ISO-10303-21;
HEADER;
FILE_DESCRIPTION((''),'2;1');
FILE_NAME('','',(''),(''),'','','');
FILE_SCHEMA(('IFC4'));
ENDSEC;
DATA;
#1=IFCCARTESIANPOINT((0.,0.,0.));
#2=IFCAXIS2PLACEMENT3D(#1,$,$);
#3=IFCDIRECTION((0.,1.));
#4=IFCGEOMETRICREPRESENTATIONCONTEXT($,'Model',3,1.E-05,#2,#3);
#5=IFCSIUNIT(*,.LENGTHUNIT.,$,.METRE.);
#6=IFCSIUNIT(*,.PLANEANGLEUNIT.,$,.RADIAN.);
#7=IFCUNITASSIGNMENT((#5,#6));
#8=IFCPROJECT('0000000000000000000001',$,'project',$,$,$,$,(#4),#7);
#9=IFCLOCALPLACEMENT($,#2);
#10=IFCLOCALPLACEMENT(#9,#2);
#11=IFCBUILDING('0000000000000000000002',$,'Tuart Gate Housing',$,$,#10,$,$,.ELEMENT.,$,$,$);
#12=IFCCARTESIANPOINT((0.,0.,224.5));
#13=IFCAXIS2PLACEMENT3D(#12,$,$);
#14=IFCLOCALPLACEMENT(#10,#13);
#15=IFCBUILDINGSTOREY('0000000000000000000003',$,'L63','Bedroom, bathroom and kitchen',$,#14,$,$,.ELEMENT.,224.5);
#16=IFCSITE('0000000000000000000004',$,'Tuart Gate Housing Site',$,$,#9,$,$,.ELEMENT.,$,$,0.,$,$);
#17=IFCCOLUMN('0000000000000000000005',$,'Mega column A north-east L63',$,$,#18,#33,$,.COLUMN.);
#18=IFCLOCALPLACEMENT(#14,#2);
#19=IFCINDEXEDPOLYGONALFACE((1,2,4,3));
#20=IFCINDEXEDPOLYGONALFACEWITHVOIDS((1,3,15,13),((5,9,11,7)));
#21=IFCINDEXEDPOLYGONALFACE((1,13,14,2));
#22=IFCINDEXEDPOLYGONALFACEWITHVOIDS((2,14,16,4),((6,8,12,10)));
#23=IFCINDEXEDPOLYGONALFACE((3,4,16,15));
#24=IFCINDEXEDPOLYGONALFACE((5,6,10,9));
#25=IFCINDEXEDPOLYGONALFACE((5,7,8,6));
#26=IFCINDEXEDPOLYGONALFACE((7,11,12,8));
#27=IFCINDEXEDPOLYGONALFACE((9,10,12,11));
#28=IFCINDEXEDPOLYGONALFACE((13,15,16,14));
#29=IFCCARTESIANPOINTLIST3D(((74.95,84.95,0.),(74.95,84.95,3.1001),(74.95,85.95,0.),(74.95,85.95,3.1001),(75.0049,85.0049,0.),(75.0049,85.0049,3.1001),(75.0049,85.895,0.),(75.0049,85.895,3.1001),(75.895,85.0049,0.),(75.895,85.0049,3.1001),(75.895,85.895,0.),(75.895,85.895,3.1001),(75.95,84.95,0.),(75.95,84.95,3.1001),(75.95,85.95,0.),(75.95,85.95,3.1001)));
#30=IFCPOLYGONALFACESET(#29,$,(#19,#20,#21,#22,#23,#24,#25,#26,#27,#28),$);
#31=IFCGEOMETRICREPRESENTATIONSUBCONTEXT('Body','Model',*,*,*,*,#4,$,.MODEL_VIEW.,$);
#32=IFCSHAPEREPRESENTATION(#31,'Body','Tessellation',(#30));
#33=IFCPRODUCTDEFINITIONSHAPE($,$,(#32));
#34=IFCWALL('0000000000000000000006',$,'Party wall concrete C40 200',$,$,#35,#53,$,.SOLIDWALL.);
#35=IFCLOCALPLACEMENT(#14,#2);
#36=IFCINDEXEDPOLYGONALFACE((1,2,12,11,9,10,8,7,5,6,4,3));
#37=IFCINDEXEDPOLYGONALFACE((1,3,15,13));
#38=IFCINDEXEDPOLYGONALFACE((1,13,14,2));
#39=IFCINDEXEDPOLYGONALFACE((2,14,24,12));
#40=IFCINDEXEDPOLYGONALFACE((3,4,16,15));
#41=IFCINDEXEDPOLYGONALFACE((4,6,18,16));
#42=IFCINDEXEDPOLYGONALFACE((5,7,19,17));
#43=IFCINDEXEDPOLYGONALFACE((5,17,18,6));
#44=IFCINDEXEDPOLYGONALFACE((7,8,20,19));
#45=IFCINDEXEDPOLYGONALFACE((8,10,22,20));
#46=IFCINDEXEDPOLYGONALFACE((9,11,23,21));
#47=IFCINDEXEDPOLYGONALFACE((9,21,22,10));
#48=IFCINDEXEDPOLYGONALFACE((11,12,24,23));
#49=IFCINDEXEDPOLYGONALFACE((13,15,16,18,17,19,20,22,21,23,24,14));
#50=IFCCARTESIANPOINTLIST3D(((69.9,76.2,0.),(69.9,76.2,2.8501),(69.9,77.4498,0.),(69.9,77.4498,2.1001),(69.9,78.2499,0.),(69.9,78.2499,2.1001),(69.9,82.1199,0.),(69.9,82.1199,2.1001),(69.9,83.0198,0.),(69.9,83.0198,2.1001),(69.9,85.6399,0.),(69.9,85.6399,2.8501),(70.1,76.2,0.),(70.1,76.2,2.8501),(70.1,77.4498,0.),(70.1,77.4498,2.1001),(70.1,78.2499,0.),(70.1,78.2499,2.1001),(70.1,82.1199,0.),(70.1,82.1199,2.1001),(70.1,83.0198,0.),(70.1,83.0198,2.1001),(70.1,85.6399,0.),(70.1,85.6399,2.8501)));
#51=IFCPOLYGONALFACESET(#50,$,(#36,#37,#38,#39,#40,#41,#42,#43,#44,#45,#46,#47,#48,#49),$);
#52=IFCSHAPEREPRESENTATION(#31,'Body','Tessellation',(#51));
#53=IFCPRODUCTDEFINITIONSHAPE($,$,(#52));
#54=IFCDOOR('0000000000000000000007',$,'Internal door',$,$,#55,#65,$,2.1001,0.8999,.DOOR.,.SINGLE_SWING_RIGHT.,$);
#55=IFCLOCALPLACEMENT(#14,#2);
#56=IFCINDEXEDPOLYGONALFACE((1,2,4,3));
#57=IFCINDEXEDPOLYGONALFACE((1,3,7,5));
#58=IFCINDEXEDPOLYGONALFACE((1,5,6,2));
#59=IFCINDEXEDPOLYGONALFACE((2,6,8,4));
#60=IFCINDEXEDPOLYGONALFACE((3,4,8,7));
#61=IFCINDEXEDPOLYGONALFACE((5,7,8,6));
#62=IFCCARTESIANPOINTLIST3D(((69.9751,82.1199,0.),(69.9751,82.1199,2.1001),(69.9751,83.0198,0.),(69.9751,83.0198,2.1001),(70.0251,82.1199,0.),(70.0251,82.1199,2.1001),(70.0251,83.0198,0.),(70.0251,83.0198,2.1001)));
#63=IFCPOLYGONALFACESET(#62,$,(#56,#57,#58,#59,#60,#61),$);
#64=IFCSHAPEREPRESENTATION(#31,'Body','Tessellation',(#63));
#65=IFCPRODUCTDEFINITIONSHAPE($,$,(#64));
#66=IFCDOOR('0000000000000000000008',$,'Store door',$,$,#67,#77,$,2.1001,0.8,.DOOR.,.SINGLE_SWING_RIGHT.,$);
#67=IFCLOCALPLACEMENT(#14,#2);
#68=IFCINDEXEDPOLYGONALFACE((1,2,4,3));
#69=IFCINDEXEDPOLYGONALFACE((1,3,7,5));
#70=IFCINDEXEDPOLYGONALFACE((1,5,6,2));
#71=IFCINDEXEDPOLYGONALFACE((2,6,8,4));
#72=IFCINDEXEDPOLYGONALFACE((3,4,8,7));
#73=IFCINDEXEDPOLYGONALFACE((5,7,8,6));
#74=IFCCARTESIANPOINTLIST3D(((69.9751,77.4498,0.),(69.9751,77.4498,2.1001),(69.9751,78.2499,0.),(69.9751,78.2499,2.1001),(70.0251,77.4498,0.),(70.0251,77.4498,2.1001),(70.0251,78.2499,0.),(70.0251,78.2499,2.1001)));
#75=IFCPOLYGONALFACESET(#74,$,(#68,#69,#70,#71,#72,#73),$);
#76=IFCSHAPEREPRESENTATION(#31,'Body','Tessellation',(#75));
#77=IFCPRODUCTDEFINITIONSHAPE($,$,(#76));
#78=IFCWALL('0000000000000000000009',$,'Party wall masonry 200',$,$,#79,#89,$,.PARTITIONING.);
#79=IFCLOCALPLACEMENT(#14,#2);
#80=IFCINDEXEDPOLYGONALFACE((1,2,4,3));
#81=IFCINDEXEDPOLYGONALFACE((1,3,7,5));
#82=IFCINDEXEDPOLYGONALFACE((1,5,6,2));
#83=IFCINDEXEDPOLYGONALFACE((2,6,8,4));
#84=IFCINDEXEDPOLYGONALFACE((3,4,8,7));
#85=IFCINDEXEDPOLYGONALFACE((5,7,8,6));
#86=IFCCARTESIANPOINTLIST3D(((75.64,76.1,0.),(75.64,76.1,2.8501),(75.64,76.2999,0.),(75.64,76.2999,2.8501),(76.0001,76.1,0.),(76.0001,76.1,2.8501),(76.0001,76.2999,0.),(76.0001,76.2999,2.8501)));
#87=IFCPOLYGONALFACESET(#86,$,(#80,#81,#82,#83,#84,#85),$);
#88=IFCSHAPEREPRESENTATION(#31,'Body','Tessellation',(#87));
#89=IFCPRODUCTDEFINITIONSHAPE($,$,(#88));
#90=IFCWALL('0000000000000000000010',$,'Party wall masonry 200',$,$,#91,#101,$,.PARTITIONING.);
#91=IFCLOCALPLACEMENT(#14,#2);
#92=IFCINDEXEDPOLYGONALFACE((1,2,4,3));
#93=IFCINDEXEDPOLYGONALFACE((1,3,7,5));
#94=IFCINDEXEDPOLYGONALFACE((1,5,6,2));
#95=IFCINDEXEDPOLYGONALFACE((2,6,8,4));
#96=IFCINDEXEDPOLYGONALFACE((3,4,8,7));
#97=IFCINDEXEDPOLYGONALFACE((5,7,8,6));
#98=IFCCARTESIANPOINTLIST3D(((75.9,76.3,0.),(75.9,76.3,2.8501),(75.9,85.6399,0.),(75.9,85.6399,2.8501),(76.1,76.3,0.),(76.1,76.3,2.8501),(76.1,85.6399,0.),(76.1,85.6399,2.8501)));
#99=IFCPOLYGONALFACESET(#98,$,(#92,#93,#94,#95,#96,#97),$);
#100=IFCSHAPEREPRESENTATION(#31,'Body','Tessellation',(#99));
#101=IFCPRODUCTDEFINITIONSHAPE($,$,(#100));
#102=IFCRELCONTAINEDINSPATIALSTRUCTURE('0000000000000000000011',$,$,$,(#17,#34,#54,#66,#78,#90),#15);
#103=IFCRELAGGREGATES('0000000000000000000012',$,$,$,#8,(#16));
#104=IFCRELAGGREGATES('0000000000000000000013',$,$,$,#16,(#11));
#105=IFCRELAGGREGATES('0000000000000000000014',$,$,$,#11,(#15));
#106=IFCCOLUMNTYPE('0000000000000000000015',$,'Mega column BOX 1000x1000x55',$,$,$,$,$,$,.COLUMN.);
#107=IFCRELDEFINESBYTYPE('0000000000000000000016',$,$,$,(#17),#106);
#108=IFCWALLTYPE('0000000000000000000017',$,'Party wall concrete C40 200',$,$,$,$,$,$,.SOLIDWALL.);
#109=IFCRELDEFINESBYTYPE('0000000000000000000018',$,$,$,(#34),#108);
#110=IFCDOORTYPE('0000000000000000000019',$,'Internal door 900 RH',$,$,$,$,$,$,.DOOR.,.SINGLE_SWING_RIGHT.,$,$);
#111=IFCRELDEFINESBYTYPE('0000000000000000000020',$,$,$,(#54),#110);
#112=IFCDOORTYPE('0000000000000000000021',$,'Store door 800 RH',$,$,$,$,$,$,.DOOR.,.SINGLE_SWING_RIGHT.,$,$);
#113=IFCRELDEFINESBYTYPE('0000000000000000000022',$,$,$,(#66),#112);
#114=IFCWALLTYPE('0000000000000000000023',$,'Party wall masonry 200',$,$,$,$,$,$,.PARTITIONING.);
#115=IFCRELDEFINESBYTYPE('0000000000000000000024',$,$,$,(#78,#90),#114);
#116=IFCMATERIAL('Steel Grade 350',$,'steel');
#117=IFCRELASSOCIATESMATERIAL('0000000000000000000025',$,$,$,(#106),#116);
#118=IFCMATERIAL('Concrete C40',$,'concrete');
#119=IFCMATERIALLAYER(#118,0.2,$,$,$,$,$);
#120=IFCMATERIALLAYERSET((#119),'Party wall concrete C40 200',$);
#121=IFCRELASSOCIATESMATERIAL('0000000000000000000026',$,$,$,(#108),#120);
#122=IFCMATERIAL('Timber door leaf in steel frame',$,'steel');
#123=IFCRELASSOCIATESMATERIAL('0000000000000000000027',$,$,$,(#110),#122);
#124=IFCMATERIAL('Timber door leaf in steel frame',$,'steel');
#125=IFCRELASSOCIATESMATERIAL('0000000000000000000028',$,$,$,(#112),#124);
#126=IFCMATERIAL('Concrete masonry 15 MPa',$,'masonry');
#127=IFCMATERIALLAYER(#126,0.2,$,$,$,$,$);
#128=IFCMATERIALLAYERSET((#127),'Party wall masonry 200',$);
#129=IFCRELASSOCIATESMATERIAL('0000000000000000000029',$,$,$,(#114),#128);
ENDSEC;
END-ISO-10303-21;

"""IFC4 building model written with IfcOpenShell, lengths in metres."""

from ifc_helpers import new_model, si_unit, direction, frame, frame_2d, origin, origin_2d, place, context, subcontext, project, spatial, rectangle, hollow_rectangle, extrude, material, layer, layer_set, material_profile, profile_set, type_object, element, fill, save


model = new_model("IFC4")

# Units and contexts
model_context = context("Model", 3, precision=1e-05, world=origin(), true_north=direction((0.0, 1.0)))
body_context = subcontext(model_context, "Body", "Model", "MODEL_VIEW")
ifc_project = project(units=[si_unit("LENGTHUNIT", "METRE"), si_unit("PLANEANGLEUNIT", "RADIAN")], contexts=[model_context])

# Site, building, storey
site_placement = place(None, origin())
site = spatial("IfcSite", under=ifc_project, at=site_placement, Name="Tuart Gate Housing Site", CompositionType="ELEMENT", RefElevation=0.0)
building_placement = place(site_placement, origin())
building = spatial("IfcBuilding", under=site, at=building_placement, Name="Tuart Gate Housing", CompositionType="ELEMENT")
storey_placement = place(building_placement, frame((0.0, 0.0, 224.5)))
storey = spatial("IfcBuildingStorey", under=building, at=storey_placement, Name="L63", Description="Bedroom, bathroom and kitchen", CompositionType="ELEMENT", Elevation=224.5)

# Column
ifc_material_1 = material(Name="Steel Grade 350", Category="steel")
ifc_material_profile = material_profile(ifc_material_1, hollow_rectangle(XDim=1.0, YDim=1.0, WallThickness=0.0549, at=origin_2d()), Name="BOX 1000x1000x55")
ifc_profile_set = profile_set([ifc_material_profile], Name="Steel Grade 350")
column_type = type_object("IfcColumnType", Name="Mega column BOX 1000x1000x55", PredefinedType="COLUMN", material=ifc_profile_set)
column_placement = place(storey_placement, frame((75.45, 85.45, 0.0), z_axis=(0.0, 0.0, 1.0), x_axis=(1.0, 0.0, 0.0)))
element("IfcColumn", 1, at=column_placement, inside=storey, type_object=column_type, Name="Mega column A north-east L63", PredefinedType="COLUMN", context=body_context, shape_type="SweptSolid", body=[
    extrude(hollow_rectangle(XDim=1.0, YDim=1.0, WallThickness=0.0549, at=origin_2d()), origin(), (0.0, 0.0, 1.0), 3.1001),
])

# Wall, openings, doors
ifc_material_2 = material(Name="Concrete C40", Category="concrete")
ifc_layer_1 = layer(ifc_material_2, 0.2)
ifc_layer_set_1 = layer_set([ifc_layer_1], Name="Party wall concrete C40 200")
wall_type_1 = type_object("IfcWallType", Name="Party wall concrete C40 200", PredefinedType="SOLIDWALL", material=ifc_layer_set_1)
wall_1_placement = place(storey_placement, frame((70.0, 76.2, 0.0), z_axis=(0.0, 0.0, 1.0), x_axis=(0.0, 1.0, 0.0)))
wall_1 = element("IfcWall", 2, at=wall_1_placement, inside=storey, type_object=wall_type_1, Name="Party wall concrete C40 200", PredefinedType="SOLIDWALL", context=body_context, shape_type="SweptSolid", body=[
    extrude(rectangle(XDim=9.4399, YDim=0.2, at=frame_2d((4.72, 0.0))), origin(), (0.0, 0.0, 1.0), 2.8501),
])
opening_1_placement = place(wall_1_placement, frame((5.9199, 0.0, 0.0)))
opening_1 = element("IfcOpeningElement", 3, at=opening_1_placement, cuts=wall_1, PredefinedType="OPENING", context=body_context, shape_type="SweptSolid", body=[
    extrude(rectangle(XDim=0.8999, YDim=2.1001, at=frame_2d((0.45, 1.05))), frame((0.0, 0.1099, 0.0), z_axis=(0.0, -1.0, 0.0), x_axis=(1.0, 0.0, 0.0)), (0.0, 0.0, 1.0), 0.22),
])
opening_2_placement = place(wall_1_placement, frame((1.25, 0.0, 0.0)))
opening_2 = element("IfcOpeningElement", 4, at=opening_2_placement, cuts=wall_1, PredefinedType="OPENING", context=body_context, shape_type="SweptSolid", body=[
    extrude(rectangle(XDim=0.8, YDim=2.1001, at=frame_2d((0.3999, 1.05))), frame((0.0, 0.1099, 0.0), z_axis=(0.0, -1.0, 0.0), x_axis=(1.0, 0.0, 0.0)), (0.0, 0.0, 1.0), 0.22),
])
ifc_material_3 = material(Name="Timber door leaf in steel frame", Category="steel")
door_type_1 = type_object("IfcDoorType", Name="Internal door 900 RH", OperationType="SINGLE_SWING_RIGHT", PredefinedType="DOOR", material=ifc_material_3)
door_1_placement = place(opening_1_placement, frame((0.8999, 0.0, 0.0), z_axis=(0.0, 0.0, 1.0), x_axis=(-1.0, 0.0, 0.0)))
door_1 = element("IfcDoor", 5, at=door_1_placement, inside=storey, type_object=door_type_1, Name="Internal door", OperationType="SINGLE_SWING_RIGHT", OverallHeight=2.1001, OverallWidth=0.8999, PredefinedType="DOOR", context=body_context, shape_type="SweptSolid", body=[
    extrude(rectangle(XDim=0.8999, YDim=2.1001, at=frame_2d((0.45, 1.05))), frame((0.0, 0.0251, 0.0), z_axis=(0.0, -1.0, 0.0), x_axis=(1.0, 0.0, 0.0)), (0.0, 0.0, 1.0), 0.05),
])
fill(opening_1, door_1)
ifc_material_4 = material(Name="Timber door leaf in steel frame", Category="steel")
door_type_2 = type_object("IfcDoorType", Name="Store door 800 RH", OperationType="SINGLE_SWING_RIGHT", PredefinedType="DOOR", material=ifc_material_4)
door_2_placement = place(opening_2_placement, frame((0.8, 0.0, 0.0), z_axis=(0.0, 0.0, 1.0), x_axis=(-1.0, 0.0, 0.0)))
door_2 = element("IfcDoor", 6, at=door_2_placement, inside=storey, type_object=door_type_2, Name="Store door", OperationType="SINGLE_SWING_RIGHT", OverallHeight=2.1001, OverallWidth=0.8, PredefinedType="DOOR", context=body_context, shape_type="SweptSolid", body=[
    extrude(rectangle(XDim=0.8, YDim=2.1001, at=frame_2d((0.4001, 1.05))), frame((0.0, 0.0251, 0.0), z_axis=(0.0, -1.0, 0.0), x_axis=(1.0, 0.0, 0.0)), (0.0, 0.0, 1.0), 0.05),
])
fill(opening_2, door_2)

# Walls
ifc_material_5 = material(Name="Concrete masonry 15 MPa", Category="masonry")
ifc_layer_2 = layer(ifc_material_5, 0.2)
ifc_layer_set_2 = layer_set([ifc_layer_2], Name="Party wall masonry 200")
wall_type_2 = type_object("IfcWallType", Name="Party wall masonry 200", PredefinedType="PARTITIONING", material=ifc_layer_set_2)
wall_2_placement = place(storey_placement, frame((75.6399, 76.2, 0.0), z_axis=(0.0, 0.0, 1.0), x_axis=(1.0, 0.0, 0.0)))
element("IfcWall", 7, at=wall_2_placement, inside=storey, type_object=wall_type_2, Name="Party wall masonry 200", PredefinedType="PARTITIONING", context=body_context, shape_type="SweptSolid", body=[
    extrude(rectangle(XDim=0.3601, YDim=0.2, at=frame_2d((0.1802, 0.0))), origin(), (0.0, 0.0, 1.0), 2.8501),
])
wall_3_placement = place(storey_placement, frame((76.0, 76.3, 0.0), z_axis=(0.0, 0.0, 1.0), x_axis=(0.0, 1.0, 0.0)))
element("IfcWall", 8, at=wall_3_placement, inside=storey, type_object=wall_type_2, Name="Party wall masonry 200", PredefinedType="PARTITIONING", context=body_context, shape_type="SweptSolid", body=[
    extrude(rectangle(XDim=9.3398, YDim=0.2, at=frame_2d((4.6699, 0.0))), origin(), (0.0, 0.0, 1.0), 2.8501),
])

save(model, "model.ifc")
